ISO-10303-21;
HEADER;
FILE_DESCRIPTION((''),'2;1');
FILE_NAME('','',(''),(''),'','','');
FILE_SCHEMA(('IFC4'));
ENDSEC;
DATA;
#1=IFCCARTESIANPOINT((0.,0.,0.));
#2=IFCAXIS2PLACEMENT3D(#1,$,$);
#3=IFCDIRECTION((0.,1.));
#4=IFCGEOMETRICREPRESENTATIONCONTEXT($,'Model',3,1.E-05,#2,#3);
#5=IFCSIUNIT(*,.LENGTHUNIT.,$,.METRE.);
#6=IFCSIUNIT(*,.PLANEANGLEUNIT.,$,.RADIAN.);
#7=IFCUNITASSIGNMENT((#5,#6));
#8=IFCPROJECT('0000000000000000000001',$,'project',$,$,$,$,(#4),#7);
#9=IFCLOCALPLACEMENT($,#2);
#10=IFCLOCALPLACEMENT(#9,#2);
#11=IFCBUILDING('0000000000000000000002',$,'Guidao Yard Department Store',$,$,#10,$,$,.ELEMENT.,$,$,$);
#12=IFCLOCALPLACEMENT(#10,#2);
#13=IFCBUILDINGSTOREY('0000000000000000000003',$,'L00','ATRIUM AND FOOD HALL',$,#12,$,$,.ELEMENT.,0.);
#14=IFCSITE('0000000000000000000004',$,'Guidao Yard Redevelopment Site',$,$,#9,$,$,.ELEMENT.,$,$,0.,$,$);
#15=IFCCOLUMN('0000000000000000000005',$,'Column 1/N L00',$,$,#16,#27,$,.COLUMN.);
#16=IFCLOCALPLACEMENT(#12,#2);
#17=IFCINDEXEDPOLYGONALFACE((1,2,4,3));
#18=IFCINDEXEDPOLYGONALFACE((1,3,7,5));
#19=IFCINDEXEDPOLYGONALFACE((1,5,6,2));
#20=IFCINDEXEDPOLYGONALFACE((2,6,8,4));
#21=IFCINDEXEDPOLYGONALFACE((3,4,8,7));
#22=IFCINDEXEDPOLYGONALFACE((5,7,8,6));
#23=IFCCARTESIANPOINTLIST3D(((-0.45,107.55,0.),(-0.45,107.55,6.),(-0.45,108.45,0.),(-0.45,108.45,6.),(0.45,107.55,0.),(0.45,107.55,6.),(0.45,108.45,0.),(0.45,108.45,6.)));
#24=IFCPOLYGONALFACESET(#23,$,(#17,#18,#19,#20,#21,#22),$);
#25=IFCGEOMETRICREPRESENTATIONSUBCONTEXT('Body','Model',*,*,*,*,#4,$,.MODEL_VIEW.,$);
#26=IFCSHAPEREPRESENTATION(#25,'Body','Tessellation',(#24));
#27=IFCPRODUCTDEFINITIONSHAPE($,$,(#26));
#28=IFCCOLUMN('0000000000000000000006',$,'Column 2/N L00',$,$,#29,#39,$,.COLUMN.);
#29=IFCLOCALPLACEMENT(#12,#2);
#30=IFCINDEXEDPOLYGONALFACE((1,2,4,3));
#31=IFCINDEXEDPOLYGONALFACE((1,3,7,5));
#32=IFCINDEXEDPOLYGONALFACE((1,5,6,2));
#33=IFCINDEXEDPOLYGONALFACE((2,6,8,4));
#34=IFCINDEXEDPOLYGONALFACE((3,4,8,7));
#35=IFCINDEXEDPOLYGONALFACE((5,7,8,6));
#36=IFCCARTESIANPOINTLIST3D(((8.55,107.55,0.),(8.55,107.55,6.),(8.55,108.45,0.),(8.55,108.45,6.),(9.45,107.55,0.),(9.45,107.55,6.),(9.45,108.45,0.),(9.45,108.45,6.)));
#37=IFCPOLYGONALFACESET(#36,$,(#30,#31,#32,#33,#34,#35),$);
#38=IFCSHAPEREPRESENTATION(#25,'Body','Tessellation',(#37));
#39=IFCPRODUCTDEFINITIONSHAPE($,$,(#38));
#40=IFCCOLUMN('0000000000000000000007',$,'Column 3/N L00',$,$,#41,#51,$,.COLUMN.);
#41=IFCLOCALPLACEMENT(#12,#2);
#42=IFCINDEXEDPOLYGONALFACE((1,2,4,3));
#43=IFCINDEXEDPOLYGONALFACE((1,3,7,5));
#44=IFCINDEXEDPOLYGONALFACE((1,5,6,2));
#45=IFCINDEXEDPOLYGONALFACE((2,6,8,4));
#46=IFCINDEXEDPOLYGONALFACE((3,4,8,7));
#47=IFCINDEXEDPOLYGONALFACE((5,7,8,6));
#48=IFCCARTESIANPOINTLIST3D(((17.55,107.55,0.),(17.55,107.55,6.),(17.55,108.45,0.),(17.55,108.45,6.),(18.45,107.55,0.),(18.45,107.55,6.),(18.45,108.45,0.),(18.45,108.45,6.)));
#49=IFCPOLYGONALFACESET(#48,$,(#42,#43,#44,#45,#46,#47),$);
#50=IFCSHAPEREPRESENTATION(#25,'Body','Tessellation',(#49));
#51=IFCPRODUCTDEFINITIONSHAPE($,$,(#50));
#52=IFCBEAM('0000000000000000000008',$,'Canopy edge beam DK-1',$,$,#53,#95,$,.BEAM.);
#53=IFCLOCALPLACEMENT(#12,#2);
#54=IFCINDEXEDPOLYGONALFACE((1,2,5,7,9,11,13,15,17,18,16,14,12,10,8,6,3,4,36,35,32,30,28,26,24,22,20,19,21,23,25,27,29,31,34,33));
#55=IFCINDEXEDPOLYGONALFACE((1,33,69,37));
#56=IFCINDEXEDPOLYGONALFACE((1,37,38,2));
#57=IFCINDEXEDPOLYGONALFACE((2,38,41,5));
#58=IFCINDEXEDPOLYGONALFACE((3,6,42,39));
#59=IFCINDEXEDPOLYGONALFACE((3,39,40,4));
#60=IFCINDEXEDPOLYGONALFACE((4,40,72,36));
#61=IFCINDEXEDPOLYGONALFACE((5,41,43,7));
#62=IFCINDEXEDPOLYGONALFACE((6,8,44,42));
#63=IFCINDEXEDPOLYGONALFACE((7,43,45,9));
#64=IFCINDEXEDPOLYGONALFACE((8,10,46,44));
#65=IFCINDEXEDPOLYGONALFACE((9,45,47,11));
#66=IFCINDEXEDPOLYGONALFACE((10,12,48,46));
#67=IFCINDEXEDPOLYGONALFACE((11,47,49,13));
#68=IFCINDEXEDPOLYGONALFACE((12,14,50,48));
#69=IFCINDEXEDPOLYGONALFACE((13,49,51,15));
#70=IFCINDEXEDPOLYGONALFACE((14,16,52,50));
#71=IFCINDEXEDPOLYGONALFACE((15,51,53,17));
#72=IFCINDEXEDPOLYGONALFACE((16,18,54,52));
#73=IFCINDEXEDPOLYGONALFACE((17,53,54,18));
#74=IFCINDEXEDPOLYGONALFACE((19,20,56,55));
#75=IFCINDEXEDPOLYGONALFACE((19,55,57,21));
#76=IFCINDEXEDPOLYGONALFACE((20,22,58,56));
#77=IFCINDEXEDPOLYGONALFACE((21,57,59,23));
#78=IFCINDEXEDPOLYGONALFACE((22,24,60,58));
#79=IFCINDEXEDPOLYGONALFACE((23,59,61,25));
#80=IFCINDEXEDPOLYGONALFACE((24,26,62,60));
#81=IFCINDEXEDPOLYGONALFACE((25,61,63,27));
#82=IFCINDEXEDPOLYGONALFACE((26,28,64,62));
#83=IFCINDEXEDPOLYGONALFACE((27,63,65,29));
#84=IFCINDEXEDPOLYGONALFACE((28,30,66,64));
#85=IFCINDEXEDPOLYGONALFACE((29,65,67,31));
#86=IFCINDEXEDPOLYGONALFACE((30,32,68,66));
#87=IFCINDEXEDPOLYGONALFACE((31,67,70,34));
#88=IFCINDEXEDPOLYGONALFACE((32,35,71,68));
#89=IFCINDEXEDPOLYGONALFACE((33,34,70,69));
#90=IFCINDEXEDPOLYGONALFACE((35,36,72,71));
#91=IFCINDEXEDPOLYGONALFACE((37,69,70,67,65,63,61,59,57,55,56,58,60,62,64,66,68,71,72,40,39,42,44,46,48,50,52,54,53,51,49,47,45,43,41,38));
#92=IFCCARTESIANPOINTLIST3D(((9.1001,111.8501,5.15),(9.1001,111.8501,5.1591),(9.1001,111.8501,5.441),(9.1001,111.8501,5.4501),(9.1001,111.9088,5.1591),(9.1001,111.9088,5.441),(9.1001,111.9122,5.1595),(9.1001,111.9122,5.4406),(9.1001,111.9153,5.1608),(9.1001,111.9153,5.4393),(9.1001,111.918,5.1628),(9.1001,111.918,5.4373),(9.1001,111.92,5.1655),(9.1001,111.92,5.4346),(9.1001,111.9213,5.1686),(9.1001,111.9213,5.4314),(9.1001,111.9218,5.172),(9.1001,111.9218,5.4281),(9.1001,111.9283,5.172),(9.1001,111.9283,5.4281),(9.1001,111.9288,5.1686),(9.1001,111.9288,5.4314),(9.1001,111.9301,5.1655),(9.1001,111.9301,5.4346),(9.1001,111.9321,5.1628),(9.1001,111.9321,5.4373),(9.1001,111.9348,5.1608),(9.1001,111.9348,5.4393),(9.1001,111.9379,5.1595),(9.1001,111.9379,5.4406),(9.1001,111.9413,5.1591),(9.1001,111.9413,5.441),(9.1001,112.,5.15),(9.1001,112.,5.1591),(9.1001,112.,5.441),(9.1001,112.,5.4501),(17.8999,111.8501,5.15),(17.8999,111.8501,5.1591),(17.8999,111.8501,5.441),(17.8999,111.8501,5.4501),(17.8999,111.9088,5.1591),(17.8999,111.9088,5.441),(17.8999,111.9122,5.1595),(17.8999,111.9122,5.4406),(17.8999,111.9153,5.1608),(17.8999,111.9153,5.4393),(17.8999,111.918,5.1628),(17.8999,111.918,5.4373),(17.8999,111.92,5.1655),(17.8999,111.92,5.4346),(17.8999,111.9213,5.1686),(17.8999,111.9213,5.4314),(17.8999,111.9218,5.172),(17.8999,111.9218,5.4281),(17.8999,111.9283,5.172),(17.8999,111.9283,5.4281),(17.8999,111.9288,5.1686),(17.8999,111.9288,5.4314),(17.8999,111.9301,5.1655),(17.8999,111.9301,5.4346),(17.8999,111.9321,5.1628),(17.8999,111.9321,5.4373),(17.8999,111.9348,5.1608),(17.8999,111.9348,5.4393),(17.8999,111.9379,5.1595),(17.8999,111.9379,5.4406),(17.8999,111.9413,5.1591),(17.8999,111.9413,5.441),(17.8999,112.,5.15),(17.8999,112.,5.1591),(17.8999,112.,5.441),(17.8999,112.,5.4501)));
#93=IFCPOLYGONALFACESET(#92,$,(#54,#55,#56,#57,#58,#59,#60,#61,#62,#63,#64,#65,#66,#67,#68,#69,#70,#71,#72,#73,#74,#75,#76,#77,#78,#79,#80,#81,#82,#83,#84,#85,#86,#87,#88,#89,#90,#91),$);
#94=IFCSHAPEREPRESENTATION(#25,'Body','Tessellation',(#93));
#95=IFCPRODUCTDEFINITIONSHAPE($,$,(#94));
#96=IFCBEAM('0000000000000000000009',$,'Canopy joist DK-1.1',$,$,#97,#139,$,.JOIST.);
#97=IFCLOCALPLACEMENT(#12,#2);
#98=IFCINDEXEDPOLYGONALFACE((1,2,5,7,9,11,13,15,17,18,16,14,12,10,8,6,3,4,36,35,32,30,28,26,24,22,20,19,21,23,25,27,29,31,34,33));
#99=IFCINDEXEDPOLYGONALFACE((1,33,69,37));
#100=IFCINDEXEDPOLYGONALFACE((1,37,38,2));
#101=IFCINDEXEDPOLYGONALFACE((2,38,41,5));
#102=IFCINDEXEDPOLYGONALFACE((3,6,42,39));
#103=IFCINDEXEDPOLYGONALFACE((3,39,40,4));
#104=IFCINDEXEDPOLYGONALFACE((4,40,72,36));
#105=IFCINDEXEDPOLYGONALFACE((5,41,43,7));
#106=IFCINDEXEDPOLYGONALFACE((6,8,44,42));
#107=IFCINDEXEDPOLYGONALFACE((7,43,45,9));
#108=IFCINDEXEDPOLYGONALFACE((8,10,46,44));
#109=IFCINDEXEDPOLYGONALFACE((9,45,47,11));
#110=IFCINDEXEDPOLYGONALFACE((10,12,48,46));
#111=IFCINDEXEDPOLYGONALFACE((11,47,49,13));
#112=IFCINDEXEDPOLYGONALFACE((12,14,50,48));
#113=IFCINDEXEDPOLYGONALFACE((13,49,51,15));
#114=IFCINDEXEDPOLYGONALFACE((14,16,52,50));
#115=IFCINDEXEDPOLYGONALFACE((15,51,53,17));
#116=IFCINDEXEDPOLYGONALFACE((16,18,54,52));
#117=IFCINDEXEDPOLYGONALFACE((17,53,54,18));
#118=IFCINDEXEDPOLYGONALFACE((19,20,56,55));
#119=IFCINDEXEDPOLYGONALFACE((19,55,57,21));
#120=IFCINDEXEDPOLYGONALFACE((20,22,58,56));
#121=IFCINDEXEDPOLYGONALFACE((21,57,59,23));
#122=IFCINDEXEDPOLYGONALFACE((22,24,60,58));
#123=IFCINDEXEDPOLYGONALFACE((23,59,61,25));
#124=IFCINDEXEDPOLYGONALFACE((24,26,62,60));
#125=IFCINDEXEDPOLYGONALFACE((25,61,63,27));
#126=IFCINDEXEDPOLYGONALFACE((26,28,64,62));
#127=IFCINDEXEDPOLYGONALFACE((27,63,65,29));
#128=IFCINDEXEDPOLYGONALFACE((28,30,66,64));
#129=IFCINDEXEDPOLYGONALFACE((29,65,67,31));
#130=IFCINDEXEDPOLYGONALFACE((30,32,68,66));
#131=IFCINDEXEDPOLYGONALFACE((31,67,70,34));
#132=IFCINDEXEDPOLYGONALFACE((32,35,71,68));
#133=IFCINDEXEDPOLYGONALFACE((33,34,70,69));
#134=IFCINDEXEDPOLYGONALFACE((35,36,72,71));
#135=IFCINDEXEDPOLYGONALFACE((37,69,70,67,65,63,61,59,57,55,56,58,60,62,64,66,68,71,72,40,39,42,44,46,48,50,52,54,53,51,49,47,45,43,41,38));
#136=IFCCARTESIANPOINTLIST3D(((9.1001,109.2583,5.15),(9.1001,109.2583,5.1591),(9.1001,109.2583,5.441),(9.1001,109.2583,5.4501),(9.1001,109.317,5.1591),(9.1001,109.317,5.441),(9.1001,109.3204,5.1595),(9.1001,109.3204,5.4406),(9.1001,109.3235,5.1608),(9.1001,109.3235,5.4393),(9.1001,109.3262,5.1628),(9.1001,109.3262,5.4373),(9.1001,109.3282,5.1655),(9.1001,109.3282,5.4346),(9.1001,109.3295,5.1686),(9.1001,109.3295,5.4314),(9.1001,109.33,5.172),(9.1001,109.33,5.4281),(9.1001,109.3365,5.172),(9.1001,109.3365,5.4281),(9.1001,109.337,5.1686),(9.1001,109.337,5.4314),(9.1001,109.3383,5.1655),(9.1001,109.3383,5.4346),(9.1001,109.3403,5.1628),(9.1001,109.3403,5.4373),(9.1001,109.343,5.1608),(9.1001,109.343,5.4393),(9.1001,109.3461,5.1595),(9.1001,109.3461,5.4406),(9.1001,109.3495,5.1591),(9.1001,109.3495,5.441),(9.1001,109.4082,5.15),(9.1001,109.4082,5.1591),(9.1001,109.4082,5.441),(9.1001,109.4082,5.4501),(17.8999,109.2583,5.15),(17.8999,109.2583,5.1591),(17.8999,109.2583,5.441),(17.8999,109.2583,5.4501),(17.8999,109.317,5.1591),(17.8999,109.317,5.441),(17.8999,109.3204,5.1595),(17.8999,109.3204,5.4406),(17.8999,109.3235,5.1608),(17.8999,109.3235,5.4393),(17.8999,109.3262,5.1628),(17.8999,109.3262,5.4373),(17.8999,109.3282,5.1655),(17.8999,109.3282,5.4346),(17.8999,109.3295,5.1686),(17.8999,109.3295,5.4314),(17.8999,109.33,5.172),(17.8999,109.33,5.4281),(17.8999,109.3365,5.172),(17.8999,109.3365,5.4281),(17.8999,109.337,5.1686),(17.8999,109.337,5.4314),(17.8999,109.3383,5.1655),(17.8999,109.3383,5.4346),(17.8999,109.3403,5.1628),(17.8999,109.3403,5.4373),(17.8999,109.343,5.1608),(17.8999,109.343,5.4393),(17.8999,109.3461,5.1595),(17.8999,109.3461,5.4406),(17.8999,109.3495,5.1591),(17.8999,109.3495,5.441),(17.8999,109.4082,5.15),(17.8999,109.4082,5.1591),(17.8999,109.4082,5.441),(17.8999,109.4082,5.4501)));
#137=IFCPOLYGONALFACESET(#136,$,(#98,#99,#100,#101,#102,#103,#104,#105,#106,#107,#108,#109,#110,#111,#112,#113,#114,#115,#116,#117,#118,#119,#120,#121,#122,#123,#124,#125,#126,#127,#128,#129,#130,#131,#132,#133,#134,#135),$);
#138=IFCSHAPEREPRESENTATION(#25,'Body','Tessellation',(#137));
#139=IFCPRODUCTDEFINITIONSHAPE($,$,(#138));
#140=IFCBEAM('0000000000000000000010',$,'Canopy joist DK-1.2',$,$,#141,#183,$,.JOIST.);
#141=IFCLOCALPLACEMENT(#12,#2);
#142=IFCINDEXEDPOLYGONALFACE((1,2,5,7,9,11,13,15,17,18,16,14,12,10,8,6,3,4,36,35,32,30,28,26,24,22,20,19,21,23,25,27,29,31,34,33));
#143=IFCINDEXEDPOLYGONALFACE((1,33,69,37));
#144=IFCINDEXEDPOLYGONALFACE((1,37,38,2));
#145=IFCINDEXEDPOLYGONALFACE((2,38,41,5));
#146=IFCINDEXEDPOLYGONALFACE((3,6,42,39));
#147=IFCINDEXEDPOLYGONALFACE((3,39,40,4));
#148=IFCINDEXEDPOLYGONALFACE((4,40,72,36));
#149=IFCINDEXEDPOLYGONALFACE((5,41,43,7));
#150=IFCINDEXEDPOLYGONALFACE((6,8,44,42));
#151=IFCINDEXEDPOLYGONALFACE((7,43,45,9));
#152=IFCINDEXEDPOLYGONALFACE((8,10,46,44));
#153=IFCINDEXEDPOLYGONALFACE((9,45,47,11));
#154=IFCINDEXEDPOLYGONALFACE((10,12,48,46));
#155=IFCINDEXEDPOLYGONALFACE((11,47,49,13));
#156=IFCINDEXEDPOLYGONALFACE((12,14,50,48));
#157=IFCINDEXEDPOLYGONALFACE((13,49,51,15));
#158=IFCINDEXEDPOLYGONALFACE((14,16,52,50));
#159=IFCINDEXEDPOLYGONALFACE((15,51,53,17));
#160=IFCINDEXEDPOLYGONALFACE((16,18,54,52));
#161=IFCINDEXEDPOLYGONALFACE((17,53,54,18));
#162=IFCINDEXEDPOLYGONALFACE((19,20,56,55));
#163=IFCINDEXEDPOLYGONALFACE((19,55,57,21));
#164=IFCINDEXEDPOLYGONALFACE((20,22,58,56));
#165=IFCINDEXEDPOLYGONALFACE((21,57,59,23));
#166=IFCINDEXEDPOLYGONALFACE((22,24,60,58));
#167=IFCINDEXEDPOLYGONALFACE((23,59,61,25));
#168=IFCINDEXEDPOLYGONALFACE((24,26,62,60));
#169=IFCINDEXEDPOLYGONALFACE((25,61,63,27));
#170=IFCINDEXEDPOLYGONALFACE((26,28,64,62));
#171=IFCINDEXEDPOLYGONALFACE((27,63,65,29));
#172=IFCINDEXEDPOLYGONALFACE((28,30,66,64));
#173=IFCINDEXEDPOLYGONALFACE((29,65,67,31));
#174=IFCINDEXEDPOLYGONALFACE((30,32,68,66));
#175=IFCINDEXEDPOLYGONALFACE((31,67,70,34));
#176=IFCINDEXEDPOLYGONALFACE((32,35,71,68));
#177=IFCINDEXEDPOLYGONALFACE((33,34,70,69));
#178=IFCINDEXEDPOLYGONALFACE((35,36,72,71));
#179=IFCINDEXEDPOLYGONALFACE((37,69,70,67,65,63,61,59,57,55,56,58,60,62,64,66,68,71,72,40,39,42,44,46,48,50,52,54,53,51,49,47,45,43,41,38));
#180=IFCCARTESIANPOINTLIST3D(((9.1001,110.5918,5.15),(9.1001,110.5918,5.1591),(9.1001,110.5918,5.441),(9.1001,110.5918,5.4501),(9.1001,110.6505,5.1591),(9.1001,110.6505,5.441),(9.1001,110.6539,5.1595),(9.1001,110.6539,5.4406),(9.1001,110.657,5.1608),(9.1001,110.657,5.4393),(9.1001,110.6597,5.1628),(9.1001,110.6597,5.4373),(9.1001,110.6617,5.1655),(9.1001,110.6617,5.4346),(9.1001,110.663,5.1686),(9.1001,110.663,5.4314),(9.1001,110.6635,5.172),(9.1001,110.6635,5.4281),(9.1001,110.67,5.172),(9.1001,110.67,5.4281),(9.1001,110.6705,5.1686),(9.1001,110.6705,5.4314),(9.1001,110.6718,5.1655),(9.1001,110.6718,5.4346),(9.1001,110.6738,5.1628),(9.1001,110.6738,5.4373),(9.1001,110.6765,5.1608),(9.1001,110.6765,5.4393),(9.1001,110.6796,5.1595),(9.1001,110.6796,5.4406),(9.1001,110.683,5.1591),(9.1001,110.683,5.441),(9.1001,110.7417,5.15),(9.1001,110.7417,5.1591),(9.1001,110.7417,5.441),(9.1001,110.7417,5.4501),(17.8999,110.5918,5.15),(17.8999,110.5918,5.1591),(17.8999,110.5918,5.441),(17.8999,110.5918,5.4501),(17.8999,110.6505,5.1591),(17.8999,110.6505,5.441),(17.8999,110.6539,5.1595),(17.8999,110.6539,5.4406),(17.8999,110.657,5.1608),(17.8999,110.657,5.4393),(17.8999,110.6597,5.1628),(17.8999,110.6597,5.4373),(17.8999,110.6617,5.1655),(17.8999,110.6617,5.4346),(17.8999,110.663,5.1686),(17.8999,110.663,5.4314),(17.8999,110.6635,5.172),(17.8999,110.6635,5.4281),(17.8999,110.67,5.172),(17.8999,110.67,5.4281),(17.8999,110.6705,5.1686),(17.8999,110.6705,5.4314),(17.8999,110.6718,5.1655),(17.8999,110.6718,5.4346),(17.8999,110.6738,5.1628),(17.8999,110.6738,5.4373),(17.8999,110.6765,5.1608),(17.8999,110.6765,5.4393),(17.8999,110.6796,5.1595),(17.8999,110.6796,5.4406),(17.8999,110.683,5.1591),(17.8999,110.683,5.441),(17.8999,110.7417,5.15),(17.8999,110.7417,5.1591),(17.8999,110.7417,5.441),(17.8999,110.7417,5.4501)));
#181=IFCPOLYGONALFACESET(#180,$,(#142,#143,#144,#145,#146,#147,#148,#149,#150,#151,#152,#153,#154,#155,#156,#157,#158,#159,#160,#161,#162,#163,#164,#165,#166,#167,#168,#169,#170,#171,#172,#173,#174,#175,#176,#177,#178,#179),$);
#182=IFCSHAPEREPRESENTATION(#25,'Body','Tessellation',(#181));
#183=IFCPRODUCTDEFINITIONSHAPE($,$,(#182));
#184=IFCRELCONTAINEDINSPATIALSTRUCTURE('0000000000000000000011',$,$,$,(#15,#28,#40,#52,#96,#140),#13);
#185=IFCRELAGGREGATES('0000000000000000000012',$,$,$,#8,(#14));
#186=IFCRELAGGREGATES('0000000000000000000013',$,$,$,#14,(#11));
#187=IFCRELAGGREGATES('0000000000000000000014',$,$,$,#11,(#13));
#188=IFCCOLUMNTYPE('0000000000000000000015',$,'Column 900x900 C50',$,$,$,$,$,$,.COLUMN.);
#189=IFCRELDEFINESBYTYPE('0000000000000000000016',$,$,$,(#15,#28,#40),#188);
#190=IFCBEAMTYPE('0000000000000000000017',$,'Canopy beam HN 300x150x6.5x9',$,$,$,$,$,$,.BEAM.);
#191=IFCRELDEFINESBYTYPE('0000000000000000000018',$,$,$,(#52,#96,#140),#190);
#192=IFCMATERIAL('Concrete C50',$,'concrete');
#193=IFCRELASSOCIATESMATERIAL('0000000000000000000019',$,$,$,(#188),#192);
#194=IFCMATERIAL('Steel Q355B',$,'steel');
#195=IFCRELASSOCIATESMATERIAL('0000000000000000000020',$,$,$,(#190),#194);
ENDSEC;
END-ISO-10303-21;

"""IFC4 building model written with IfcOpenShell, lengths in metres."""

from ifc_helpers import new_model, si_unit, direction, frame, origin, origin_2d, place, context, subcontext, project, spatial, rectangle, i_section, extrude, material, material_profile, profile_set, type_object, element, save


model = new_model("IFC4")

# Units and contexts
model_context = context("Model", 3, precision=1e-05, world=origin(), true_north=direction((0.0, 1.0)))
body_context = subcontext(model_context, "Body", "Model", "MODEL_VIEW")
ifc_project = project(units=[si_unit("LENGTHUNIT", "METRE"), si_unit("PLANEANGLEUNIT", "RADIAN")], contexts=[model_context])

# Site, building, storey
site_placement = place(None, origin())
site = spatial("IfcSite", under=ifc_project, at=site_placement, Name="Guidao Yard Redevelopment Site", CompositionType="ELEMENT", RefElevation=0.0)
building_placement = place(site_placement, origin())
building = spatial("IfcBuilding", under=site, at=building_placement, Name="Guidao Yard Department Store", CompositionType="ELEMENT")
storey_placement = place(building_placement, origin())
storey = spatial("IfcBuildingStorey", under=building, at=storey_placement, Name="L00", Description="ATRIUM AND FOOD HALL", CompositionType="ELEMENT", Elevation=0.0)

# Columns
ifc_material_1 = material(Name="Concrete C50", Category="concrete")
ifc_material_profile_1 = material_profile(ifc_material_1, rectangle(XDim=0.8999, YDim=0.8999, at=origin_2d()), Name="COL 900x900")
ifc_profile_set_1 = profile_set([ifc_material_profile_1], Name="Concrete C50")
column_type = type_object("IfcColumnType", Name="Column 900x900 C50", PredefinedType="COLUMN", material=ifc_profile_set_1)
for number, where, z_axis, x_axis, name in (
    (1, (0.0, 108.0, 0.0), (0.0, 0.0, 1.0), (1.0, 0.0, 0.0), "Column 1/N L00"),
    (2, (9.0, 108.0, 0.0), (0.0, 0.0, 1.0), (1.0, 0.0, 0.0), "Column 2/N L00"),
    (3, (18.0, 108.0, 0.0), (0.0, 0.0, 1.0), (1.0, 0.0, 0.0), "Column 3/N L00"),
):
    element("IfcColumn", number, at=place(storey_placement, frame(where, z_axis=z_axis, x_axis=x_axis)), inside=storey, type_object=column_type, Name=name, PredefinedType="COLUMN", context=body_context, shape_type="SweptSolid", body=[
        extrude(rectangle(XDim=0.8999, YDim=0.8999, at=origin_2d()), origin(), (0.0, 0.0, 1.0), 6.0),
    ])

# Beams
ifc_material_2 = material(Name="Steel Q355B", Category="steel")
ifc_material_profile_2 = material_profile(ifc_material_2, i_section(OverallWidth=0.1499, OverallDepth=0.3, WebThickness=0.0066, FlangeThickness=0.009, FilletRadius=0.0129, at=origin_2d()), Name="HN 300x150x6.5x9")
ifc_profile_set_2 = profile_set([ifc_material_profile_2], Name="Steel Q355B")
beam_type_1 = type_object("IfcBeamType", Name="Canopy beam HN 300x150x6.5x9", PredefinedType="BEAM", material=ifc_profile_set_2)
beam_1_placement = place(storey_placement, frame((9.1001, 111.925, 5.3), z_axis=(1.0, 0.0, 0.0), x_axis=(0.0, 1.0, 0.0)))
element("IfcBeam", 4, at=beam_1_placement, inside=storey, type_object=beam_type_1, Name="Canopy edge beam DK-1", PredefinedType="BEAM", context=body_context, shape_type="SweptSolid", body=[
    extrude(i_section(OverallWidth=0.1499, OverallDepth=0.3, WebThickness=0.0066, FlangeThickness=0.009, FilletRadius=0.0129, at=origin_2d()), origin(), (0.0, 0.0, 1.0), 8.7998),
])
for number, where, z_axis, x_axis, name in (
    (5, (9.1001, 109.3333, 5.3), (1.0, 0.0, 0.0), (0.0, 1.0, 0.0), "Canopy joist DK-1.1"),
    (6, (9.1001, 110.6667, 5.3), (1.0, 0.0, 0.0), (0.0, 1.0, 0.0), "Canopy joist DK-1.2"),
):
    element("IfcBeam", number, at=place(storey_placement, frame(where, z_axis=z_axis, x_axis=x_axis)), inside=storey, type_object=beam_type_1, Name=name, PredefinedType="JOIST", context=body_context, shape_type="SweptSolid", body=[
        extrude(i_section(OverallWidth=0.1499, OverallDepth=0.3, WebThickness=0.0066, FlangeThickness=0.009, FilletRadius=0.0129, at=origin_2d()), origin(), (0.0, 0.0, 1.0), 8.7998),
    ])

save(model, "model.ifc")
